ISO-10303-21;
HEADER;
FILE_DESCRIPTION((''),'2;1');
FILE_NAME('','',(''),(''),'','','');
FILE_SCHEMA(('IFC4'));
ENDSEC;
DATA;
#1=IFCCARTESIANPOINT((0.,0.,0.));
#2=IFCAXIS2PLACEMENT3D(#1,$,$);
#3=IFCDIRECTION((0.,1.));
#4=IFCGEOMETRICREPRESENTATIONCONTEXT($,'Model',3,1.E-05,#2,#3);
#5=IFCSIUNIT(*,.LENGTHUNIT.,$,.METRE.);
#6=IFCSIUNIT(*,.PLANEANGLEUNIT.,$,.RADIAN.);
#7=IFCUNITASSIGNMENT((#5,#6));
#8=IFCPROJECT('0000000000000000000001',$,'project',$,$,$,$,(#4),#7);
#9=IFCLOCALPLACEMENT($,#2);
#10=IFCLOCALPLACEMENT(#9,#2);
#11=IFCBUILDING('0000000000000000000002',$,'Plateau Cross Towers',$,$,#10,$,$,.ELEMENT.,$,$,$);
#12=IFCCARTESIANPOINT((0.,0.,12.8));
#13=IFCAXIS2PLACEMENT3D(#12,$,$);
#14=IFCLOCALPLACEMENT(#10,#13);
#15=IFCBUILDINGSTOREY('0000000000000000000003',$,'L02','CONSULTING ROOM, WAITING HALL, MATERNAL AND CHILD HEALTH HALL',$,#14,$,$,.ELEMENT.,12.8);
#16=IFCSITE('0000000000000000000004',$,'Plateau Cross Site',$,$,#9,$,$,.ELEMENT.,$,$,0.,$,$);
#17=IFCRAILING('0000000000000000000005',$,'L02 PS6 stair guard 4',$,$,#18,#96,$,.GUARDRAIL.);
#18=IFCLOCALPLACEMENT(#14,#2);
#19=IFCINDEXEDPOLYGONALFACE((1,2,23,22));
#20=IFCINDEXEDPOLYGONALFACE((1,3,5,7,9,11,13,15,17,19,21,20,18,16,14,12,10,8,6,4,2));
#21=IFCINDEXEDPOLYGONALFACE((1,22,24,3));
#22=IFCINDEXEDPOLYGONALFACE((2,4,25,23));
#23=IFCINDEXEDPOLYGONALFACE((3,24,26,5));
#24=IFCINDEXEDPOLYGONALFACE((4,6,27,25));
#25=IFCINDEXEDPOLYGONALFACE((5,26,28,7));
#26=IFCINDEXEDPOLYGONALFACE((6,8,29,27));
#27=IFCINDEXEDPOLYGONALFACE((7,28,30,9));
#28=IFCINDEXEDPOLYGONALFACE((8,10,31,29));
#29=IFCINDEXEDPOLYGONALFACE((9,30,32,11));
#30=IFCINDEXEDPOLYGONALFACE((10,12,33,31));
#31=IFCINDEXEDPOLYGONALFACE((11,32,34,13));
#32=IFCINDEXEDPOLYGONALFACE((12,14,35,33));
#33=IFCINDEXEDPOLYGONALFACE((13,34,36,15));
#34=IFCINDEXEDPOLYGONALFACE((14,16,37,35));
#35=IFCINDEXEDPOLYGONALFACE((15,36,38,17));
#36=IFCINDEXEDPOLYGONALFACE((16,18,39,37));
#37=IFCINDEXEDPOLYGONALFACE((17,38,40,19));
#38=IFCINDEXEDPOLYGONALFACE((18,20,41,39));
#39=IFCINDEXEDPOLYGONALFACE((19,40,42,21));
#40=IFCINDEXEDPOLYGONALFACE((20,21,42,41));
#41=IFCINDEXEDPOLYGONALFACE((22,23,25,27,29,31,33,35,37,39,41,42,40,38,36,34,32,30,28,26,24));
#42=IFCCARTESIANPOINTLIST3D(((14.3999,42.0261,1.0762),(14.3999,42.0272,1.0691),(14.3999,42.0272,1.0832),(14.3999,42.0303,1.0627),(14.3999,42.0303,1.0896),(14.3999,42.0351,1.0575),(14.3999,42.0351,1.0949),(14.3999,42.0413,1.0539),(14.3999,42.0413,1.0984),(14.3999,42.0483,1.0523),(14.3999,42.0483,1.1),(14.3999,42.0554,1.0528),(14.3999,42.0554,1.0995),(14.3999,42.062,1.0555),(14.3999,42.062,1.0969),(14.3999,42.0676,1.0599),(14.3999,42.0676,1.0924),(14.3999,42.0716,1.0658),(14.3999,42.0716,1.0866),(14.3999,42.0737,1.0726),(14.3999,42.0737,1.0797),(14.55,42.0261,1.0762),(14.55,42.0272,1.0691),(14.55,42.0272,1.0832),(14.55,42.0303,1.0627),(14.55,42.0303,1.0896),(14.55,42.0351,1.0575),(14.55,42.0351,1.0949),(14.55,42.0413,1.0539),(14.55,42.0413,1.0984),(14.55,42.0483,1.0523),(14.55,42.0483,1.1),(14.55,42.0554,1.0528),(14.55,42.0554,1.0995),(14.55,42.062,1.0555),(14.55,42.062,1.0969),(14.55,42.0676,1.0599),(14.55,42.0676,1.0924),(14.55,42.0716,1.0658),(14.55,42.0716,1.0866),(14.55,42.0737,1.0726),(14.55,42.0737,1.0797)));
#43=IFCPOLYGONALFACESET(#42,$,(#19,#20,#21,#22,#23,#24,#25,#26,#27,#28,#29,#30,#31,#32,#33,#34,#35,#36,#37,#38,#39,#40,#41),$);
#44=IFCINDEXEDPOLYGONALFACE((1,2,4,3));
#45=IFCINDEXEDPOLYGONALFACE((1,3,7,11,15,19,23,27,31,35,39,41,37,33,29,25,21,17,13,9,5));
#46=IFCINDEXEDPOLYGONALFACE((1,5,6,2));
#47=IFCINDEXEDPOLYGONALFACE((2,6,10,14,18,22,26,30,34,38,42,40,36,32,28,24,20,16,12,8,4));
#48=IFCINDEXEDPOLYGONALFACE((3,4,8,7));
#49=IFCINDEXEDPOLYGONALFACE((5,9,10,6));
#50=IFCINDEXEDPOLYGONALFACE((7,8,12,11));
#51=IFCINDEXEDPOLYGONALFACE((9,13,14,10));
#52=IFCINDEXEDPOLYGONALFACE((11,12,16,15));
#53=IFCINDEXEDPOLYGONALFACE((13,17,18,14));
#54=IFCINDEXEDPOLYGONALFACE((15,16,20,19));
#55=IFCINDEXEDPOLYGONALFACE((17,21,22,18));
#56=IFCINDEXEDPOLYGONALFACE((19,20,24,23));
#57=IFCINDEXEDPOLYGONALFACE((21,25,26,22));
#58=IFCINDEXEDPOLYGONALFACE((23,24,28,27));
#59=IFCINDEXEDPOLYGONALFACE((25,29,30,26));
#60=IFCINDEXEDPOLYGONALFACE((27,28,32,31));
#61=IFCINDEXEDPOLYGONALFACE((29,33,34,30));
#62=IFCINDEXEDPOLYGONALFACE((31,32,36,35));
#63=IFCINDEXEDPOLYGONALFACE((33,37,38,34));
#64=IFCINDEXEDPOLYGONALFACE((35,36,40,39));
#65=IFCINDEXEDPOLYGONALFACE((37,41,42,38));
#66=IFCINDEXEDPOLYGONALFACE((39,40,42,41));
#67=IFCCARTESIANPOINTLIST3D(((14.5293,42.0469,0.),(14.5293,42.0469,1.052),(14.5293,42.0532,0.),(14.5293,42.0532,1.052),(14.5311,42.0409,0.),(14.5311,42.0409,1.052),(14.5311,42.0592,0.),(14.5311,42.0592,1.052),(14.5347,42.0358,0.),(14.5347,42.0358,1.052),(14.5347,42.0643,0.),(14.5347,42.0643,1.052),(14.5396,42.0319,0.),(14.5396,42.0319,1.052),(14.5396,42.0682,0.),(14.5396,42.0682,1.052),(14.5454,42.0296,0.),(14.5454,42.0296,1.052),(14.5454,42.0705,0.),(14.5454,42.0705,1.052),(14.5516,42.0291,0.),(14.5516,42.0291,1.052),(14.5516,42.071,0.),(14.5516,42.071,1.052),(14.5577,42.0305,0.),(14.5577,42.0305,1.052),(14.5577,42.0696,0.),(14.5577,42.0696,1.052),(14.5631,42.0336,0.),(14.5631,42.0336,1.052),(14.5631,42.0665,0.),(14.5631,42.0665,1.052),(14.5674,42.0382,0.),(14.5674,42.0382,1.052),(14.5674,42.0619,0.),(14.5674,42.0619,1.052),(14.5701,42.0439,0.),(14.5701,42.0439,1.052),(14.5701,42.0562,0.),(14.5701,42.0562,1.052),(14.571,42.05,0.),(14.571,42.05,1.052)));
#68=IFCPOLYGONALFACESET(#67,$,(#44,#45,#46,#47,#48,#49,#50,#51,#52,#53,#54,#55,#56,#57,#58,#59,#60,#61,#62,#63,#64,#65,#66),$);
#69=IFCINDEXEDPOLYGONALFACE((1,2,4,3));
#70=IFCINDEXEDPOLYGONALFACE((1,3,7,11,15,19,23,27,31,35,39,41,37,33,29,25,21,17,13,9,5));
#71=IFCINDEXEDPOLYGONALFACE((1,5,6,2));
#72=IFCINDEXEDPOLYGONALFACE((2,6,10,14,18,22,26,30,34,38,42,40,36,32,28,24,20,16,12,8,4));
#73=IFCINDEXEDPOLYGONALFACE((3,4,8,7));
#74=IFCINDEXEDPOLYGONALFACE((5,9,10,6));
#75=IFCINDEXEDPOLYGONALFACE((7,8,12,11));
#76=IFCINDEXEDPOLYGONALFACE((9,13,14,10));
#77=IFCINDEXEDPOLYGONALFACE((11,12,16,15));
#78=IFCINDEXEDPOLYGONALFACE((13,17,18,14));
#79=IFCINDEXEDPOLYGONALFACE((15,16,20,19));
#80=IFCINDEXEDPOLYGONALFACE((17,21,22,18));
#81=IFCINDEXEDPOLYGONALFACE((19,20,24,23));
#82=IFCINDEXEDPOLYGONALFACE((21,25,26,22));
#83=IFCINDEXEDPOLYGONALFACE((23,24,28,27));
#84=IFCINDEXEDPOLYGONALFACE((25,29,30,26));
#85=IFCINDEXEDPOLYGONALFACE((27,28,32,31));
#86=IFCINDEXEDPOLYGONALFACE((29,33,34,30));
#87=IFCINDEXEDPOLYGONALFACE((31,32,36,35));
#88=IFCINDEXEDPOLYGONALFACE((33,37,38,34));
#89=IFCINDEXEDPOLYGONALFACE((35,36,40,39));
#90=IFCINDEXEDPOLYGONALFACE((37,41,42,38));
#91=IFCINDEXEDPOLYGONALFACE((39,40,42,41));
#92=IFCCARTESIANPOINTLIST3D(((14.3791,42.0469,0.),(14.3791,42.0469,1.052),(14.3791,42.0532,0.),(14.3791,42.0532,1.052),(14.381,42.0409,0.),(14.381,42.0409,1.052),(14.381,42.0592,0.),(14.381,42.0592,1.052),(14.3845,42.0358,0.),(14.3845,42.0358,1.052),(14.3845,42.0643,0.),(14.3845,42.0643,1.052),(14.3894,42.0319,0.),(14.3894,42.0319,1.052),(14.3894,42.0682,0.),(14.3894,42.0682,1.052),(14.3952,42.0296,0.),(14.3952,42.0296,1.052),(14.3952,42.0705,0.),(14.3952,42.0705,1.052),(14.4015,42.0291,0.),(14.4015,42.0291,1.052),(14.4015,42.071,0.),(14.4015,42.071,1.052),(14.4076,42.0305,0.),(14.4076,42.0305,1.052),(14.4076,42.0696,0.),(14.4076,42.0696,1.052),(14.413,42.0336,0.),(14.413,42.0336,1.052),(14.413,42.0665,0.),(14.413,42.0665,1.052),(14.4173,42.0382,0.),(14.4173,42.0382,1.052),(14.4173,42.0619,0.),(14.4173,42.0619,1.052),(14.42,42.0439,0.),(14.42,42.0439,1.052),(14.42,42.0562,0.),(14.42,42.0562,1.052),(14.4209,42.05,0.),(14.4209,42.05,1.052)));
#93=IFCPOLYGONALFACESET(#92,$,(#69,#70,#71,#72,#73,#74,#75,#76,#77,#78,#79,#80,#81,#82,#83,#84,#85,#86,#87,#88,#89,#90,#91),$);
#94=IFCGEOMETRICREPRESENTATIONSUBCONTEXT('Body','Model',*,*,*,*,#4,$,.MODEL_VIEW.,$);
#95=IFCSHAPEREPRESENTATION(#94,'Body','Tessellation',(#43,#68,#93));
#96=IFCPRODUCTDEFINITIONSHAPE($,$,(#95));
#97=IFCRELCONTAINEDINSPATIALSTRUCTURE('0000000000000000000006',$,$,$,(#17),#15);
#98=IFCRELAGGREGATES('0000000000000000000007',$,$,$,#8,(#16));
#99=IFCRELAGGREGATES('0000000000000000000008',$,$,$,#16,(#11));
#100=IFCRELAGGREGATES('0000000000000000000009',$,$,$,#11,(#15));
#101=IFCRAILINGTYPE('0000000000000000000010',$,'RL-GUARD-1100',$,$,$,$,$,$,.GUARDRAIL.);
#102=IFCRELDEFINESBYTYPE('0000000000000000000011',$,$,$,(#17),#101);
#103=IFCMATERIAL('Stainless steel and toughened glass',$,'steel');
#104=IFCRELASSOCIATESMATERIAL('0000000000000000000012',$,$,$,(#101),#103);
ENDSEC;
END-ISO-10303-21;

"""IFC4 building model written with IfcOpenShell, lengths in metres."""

from ifc_helpers import new_model, si_unit, direction, frame, origin, origin_2d, place, context, subcontext, project, spatial, circle, extrude, material, type_object, element, save


model = new_model("IFC4")

# Units and contexts
model_context = context("Model", 3, precision=1e-05, world=origin(), true_north=direction((0.0, 1.0)))
body_context = subcontext(model_context, "Body", "Model", "MODEL_VIEW")
ifc_project = project(units=[si_unit("LENGTHUNIT", "METRE"), si_unit("PLANEANGLEUNIT", "RADIAN")], contexts=[model_context])

# Site, building, storey
site_placement = place(None, origin())
site = spatial("IfcSite", under=ifc_project, at=site_placement, Name="Plateau Cross Site", CompositionType="ELEMENT", RefElevation=0.0)
building_placement = place(site_placement, origin())
building = spatial("IfcBuilding", under=site, at=building_placement, Name="Plateau Cross Towers", CompositionType="ELEMENT")
storey_placement = place(building_placement, frame((0.0, 0.0, 12.8)))
storey = spatial("IfcBuildingStorey", under=building, at=storey_placement, Name="L02", Description="CONSULTING ROOM, WAITING HALL, MATERNAL AND CHILD HEALTH HALL", CompositionType="ELEMENT", Elevation=12.8)

# Railing
ifc_material_1 = material(Name="Stainless steel and toughened glass", Category="steel")
railing_type_1 = type_object("IfcRailingType", Name="RL-GUARD-1100", PredefinedType="GUARDRAIL", material=ifc_material_1)
railing_1_placement = place(storey_placement, frame((14.55, 42.05, 0.0)))
element("IfcRailing", 1, at=railing_1_placement, inside=storey, type_object=railing_type_1, Name="L02 PS6 stair guard 4", PredefinedType="GUARDRAIL", context=body_context, shape_type="SweptSolid", body=[
    extrude(circle(Radius=0.0239, at=origin_2d()), frame((0.0, 0.0, 1.0762), z_axis=(-1.0, 0.0, 0.0), x_axis=(0.0, -1.0, 0.0)), (0.0, 0.0, 1.0), 0.1501),
    extrude(circle(Radius=0.021, at=origin_2d()), origin(), (0.0, 0.0, 1.0), 1.052),
    extrude(circle(Radius=0.021, at=origin_2d()), frame((-0.1501, 0.0, 0.0)), (0.0, 0.0, 1.0), 1.052),
])

save(model, "model.ifc")
